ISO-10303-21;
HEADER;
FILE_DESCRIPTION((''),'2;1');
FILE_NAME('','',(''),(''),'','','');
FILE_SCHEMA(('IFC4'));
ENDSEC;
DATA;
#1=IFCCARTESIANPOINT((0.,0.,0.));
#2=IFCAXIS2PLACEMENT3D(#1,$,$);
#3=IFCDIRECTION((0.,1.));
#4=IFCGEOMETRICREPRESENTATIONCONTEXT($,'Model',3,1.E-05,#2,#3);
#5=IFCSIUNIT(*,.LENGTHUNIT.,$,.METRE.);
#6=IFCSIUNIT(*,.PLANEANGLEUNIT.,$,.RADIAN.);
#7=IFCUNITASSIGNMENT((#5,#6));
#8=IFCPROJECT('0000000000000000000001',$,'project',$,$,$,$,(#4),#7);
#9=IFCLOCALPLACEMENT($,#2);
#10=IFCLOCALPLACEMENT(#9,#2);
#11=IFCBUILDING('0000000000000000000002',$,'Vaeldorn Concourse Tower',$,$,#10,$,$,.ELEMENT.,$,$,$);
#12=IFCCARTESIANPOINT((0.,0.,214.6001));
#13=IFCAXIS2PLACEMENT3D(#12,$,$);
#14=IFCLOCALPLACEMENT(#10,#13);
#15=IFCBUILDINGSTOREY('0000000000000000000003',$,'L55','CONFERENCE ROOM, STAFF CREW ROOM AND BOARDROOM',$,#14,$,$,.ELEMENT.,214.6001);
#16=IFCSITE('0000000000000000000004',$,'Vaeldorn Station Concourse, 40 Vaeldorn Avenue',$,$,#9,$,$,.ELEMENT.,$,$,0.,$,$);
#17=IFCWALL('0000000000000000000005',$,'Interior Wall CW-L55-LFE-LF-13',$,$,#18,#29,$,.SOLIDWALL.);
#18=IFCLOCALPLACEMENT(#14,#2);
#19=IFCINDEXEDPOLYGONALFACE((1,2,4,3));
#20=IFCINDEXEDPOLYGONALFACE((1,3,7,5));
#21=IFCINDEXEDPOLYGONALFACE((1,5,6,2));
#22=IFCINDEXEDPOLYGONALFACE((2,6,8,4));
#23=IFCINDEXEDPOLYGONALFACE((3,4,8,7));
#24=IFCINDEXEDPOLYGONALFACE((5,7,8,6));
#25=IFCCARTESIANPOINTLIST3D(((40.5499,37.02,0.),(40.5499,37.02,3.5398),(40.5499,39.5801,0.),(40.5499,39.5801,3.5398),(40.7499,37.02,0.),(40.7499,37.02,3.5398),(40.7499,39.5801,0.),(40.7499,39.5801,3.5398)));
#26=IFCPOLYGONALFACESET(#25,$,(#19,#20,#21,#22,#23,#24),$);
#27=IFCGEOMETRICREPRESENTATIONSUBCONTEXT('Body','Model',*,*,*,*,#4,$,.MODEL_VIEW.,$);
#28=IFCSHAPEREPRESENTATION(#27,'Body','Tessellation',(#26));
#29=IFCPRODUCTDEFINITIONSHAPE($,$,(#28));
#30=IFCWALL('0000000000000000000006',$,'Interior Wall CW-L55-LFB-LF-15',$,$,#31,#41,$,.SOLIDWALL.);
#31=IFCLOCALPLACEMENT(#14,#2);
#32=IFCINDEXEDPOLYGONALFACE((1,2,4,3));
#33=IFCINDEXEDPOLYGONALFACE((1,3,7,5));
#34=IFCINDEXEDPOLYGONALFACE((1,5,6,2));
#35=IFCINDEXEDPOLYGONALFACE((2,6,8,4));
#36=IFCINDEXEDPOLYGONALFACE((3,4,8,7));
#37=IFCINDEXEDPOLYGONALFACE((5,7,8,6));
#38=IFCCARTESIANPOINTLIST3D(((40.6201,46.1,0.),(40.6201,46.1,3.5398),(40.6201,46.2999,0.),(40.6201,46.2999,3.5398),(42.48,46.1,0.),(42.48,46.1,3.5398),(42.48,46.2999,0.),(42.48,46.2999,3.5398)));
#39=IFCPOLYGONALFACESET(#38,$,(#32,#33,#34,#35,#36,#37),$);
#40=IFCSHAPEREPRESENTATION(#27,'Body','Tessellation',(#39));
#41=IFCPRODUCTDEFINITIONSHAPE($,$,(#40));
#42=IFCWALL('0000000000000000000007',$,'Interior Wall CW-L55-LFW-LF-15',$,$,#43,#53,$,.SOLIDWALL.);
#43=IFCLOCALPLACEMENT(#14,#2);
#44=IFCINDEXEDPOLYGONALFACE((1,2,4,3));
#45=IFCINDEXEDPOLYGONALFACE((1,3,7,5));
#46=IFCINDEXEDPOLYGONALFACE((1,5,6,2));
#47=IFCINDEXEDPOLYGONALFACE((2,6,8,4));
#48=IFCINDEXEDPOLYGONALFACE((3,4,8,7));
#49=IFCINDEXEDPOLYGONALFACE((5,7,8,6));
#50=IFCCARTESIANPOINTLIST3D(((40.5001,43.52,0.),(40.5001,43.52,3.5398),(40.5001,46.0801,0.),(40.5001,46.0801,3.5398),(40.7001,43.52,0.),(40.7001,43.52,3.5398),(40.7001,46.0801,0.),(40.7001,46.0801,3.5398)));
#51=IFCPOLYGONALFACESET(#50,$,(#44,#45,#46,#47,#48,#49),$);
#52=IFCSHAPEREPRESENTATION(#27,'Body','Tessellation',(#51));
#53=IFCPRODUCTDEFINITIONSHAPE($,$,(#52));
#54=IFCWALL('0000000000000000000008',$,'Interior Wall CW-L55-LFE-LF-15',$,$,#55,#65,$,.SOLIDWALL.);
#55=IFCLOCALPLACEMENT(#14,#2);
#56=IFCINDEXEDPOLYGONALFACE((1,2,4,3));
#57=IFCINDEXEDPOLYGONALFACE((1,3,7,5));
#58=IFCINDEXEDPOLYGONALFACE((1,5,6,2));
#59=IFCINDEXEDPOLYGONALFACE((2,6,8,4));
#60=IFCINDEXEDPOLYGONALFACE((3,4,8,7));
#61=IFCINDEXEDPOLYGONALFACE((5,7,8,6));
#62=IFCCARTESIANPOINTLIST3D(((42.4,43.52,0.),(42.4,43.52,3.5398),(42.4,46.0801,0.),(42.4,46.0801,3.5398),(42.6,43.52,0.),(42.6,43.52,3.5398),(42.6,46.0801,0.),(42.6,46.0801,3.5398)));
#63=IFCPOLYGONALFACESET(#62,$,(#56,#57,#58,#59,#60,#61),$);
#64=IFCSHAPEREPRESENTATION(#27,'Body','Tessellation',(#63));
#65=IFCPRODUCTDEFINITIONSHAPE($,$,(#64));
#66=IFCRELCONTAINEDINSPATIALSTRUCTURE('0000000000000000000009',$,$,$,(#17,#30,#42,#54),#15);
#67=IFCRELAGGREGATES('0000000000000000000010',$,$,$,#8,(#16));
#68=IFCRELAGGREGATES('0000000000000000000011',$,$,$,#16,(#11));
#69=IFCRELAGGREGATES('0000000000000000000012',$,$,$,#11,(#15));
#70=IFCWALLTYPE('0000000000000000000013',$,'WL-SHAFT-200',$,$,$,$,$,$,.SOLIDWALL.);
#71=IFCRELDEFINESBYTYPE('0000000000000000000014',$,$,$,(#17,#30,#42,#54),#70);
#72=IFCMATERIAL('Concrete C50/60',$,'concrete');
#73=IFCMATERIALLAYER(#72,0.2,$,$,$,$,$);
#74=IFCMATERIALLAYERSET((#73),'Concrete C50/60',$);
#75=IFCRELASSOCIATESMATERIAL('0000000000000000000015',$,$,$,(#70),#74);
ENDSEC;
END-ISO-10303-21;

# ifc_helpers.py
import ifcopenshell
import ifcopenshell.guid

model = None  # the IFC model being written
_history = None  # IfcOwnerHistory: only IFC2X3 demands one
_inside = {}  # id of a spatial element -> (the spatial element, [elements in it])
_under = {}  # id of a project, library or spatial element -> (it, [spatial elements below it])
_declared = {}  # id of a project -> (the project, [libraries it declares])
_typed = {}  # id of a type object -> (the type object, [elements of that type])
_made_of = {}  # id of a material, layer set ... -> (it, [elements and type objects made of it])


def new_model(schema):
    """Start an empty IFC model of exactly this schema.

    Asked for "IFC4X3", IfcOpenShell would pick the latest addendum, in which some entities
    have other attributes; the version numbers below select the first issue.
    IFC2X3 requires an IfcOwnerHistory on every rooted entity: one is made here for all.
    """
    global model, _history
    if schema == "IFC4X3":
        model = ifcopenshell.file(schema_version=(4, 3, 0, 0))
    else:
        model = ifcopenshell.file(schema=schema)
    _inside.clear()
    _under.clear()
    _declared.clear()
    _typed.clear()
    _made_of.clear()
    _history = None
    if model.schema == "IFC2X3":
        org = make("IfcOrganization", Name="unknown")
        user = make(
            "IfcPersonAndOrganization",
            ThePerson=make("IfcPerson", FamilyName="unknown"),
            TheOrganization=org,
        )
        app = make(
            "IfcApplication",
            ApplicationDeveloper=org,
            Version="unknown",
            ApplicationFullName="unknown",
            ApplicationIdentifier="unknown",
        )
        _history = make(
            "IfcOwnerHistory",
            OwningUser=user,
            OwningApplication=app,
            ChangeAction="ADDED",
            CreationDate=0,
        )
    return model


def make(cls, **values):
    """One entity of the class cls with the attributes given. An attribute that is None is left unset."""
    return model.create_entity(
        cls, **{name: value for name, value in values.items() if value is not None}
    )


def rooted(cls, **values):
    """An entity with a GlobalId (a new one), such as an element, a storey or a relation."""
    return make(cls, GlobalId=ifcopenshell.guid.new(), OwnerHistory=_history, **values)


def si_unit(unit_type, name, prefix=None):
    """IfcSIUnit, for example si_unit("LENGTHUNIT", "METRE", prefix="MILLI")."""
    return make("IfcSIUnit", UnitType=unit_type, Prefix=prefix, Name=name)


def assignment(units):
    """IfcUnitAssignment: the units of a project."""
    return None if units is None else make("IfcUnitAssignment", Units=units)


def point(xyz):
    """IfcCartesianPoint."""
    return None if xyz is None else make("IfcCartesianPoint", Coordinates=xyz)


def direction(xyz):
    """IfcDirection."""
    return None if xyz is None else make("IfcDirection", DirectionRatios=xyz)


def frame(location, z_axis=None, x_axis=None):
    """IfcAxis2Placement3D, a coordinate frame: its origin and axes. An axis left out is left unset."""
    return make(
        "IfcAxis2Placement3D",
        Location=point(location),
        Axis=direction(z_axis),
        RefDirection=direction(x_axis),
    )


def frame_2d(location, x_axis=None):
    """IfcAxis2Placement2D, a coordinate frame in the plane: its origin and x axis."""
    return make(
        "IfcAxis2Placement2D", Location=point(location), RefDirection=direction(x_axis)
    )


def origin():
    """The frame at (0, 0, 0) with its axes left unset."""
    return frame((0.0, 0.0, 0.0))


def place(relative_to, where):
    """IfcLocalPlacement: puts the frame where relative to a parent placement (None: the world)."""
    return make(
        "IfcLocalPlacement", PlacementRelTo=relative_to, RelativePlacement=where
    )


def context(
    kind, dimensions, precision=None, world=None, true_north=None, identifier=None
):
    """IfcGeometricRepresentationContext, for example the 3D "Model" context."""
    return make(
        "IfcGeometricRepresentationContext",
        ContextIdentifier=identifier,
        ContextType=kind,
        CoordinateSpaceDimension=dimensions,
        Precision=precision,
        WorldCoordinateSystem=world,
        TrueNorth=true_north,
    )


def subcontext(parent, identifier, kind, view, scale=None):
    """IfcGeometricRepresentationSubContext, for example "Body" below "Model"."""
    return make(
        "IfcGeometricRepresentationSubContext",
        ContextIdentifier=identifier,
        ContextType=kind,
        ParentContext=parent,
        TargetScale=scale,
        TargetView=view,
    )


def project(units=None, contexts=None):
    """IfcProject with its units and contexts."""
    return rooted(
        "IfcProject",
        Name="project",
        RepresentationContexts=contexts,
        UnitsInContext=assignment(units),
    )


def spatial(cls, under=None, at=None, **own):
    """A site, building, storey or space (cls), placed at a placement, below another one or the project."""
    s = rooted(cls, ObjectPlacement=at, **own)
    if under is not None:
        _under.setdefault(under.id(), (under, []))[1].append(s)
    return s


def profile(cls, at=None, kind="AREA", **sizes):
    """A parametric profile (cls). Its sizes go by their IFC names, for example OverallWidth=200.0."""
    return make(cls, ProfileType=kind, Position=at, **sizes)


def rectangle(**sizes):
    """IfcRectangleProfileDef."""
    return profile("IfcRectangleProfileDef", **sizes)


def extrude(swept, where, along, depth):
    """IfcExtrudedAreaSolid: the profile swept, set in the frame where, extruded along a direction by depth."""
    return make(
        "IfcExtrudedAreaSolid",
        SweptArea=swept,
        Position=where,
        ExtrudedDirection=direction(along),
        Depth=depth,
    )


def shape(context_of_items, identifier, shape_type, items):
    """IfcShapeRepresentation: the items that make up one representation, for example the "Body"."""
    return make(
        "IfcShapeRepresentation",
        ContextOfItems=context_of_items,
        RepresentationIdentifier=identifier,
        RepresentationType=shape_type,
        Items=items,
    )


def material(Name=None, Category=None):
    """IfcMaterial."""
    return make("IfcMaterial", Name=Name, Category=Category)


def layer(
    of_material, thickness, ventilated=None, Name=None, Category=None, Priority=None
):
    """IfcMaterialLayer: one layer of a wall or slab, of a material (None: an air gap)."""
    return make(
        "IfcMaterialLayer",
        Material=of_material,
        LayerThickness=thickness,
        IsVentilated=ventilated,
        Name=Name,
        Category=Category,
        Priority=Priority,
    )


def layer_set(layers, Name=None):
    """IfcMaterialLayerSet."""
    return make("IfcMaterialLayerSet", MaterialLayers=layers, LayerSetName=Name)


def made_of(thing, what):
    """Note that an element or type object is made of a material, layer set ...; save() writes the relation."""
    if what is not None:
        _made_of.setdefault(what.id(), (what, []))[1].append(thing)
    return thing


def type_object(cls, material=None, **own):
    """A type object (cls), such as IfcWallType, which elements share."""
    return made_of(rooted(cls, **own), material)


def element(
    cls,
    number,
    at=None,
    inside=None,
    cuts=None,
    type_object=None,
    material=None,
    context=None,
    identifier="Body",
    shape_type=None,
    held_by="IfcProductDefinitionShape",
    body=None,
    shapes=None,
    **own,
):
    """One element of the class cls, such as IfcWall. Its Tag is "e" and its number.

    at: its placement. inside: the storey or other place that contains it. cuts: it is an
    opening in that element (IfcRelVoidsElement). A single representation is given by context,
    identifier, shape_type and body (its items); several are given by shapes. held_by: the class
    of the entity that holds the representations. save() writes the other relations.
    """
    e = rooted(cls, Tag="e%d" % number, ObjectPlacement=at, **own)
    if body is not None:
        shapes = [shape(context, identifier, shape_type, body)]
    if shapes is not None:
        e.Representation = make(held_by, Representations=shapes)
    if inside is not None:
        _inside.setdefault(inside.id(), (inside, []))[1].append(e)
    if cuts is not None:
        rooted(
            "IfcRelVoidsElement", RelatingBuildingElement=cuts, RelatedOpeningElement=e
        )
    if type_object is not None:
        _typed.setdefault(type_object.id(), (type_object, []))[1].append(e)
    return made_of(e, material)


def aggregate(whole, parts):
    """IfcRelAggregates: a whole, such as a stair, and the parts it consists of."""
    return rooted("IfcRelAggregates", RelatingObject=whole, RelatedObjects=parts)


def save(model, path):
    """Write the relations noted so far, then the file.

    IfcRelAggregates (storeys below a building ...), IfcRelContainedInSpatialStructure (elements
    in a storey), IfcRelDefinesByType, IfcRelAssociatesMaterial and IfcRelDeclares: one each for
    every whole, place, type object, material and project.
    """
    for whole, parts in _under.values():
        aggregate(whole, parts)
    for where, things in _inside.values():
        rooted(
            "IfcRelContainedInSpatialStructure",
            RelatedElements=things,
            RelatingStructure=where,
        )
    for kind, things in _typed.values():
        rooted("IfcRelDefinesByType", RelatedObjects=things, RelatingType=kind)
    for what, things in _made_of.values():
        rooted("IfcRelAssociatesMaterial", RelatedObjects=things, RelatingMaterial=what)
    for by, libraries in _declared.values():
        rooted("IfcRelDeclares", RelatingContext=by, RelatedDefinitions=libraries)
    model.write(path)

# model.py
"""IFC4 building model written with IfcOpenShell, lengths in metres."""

from ifc_helpers import new_model, si_unit, direction, frame, frame_2d, origin, place, context, subcontext, project, spatial, rectangle, extrude, material, layer, layer_set, type_object, element, save


model = new_model("IFC4")

# Units and contexts
model_context = context("Model", 3, precision=1e-05, world=origin(), true_north=direction((0.0, 1.0)))
body_context = subcontext(model_context, "Body", "Model", "MODEL_VIEW")
ifc_project = project(units=[si_unit("LENGTHUNIT", "METRE"), si_unit("PLANEANGLEUNIT", "RADIAN")], contexts=[model_context])

# Site, building, storey
site_placement = place(None, origin())
site = spatial("IfcSite", under=ifc_project, at=site_placement, Name="Vaeldorn Station Concourse, 40 Vaeldorn Avenue", CompositionType="ELEMENT", RefElevation=0.0)
building_placement = place(site_placement, origin())
building = spatial("IfcBuilding", under=site, at=building_placement, Name="Vaeldorn Concourse Tower", CompositionType="ELEMENT")
storey_placement = place(building_placement, frame((0.0, 0.0, 214.6001)))
storey = spatial("IfcBuildingStorey", under=building, at=storey_placement, Name="L55", Description="CONFERENCE ROOM, STAFF CREW ROOM AND BOARDROOM", CompositionType="ELEMENT", Elevation=214.6001)

# Shared definitions
ifc_material_1 = material(Name="Concrete C50/60", Category="concrete")

# Shared definitions
ifc_layer_1 = layer(ifc_material_1, 0.2)
ifc_layer_set_1 = layer_set([ifc_layer_1], Name="Concrete C50/60")
wall_type_1 = type_object("IfcWallType", Name="WL-SHAFT-200", PredefinedType="SOLIDWALL", material=ifc_layer_set_1)

# Wall
wall_1_placement = place(storey_placement, frame((40.6499, 37.02, 0.0), z_axis=(0.0, 0.0, 1.0), x_axis=(0.0, 1.0, 0.0)))
element("IfcWall", 1, at=wall_1_placement, inside=storey, type_object=wall_type_1, Name="Interior Wall CW-L55-LFE-LF-13", PredefinedType="SOLIDWALL", context=body_context, shape_type="SweptSolid", body=[
    extrude(rectangle(XDim=2.5601, YDim=0.2, at=frame_2d((1.28, 0.0))), origin(), (0.0, 0.0, 1.0), 3.5398),
])

# Walls
wall_2_placement = place(storey_placement, frame((40.6201, 46.2, 0.0), z_axis=(0.0, 0.0, 1.0), x_axis=(1.0, 0.0, 0.0)))
element("IfcWall", 2, at=wall_2_placement, inside=storey, type_object=wall_type_1, Name="Interior Wall CW-L55-LFB-LF-15", PredefinedType="SOLIDWALL", context=body_context, shape_type="SweptSolid", body=[
    extrude(rectangle(XDim=1.8599, YDim=0.2, at=frame_2d((0.9299, 0.0))), origin(), (0.0, 0.0, 1.0), 3.5398),
])
for number, where, z_axis, x_axis, name in (
    (3, (40.6001, 43.52, 0.0), (0.0, 0.0, 1.0), (0.0, 1.0, 0.0), "Interior Wall CW-L55-LFW-LF-15"),
    (4, (42.5, 43.52, 0.0), (0.0, 0.0, 1.0), (0.0, 1.0, 0.0), "Interior Wall CW-L55-LFE-LF-15"),
):
    element("IfcWall", number, at=place(storey_placement, frame(where, z_axis=z_axis, x_axis=x_axis)), inside=storey, type_object=wall_type_1, Name=name, PredefinedType="SOLIDWALL", context=body_context, shape_type="SweptSolid", body=[
        extrude(rectangle(XDim=2.5601, YDim=0.2, at=frame_2d((1.28, 0.0))), origin(), (0.0, 0.0, 1.0), 3.5398),
    ])

save(model, "model.ifc")
